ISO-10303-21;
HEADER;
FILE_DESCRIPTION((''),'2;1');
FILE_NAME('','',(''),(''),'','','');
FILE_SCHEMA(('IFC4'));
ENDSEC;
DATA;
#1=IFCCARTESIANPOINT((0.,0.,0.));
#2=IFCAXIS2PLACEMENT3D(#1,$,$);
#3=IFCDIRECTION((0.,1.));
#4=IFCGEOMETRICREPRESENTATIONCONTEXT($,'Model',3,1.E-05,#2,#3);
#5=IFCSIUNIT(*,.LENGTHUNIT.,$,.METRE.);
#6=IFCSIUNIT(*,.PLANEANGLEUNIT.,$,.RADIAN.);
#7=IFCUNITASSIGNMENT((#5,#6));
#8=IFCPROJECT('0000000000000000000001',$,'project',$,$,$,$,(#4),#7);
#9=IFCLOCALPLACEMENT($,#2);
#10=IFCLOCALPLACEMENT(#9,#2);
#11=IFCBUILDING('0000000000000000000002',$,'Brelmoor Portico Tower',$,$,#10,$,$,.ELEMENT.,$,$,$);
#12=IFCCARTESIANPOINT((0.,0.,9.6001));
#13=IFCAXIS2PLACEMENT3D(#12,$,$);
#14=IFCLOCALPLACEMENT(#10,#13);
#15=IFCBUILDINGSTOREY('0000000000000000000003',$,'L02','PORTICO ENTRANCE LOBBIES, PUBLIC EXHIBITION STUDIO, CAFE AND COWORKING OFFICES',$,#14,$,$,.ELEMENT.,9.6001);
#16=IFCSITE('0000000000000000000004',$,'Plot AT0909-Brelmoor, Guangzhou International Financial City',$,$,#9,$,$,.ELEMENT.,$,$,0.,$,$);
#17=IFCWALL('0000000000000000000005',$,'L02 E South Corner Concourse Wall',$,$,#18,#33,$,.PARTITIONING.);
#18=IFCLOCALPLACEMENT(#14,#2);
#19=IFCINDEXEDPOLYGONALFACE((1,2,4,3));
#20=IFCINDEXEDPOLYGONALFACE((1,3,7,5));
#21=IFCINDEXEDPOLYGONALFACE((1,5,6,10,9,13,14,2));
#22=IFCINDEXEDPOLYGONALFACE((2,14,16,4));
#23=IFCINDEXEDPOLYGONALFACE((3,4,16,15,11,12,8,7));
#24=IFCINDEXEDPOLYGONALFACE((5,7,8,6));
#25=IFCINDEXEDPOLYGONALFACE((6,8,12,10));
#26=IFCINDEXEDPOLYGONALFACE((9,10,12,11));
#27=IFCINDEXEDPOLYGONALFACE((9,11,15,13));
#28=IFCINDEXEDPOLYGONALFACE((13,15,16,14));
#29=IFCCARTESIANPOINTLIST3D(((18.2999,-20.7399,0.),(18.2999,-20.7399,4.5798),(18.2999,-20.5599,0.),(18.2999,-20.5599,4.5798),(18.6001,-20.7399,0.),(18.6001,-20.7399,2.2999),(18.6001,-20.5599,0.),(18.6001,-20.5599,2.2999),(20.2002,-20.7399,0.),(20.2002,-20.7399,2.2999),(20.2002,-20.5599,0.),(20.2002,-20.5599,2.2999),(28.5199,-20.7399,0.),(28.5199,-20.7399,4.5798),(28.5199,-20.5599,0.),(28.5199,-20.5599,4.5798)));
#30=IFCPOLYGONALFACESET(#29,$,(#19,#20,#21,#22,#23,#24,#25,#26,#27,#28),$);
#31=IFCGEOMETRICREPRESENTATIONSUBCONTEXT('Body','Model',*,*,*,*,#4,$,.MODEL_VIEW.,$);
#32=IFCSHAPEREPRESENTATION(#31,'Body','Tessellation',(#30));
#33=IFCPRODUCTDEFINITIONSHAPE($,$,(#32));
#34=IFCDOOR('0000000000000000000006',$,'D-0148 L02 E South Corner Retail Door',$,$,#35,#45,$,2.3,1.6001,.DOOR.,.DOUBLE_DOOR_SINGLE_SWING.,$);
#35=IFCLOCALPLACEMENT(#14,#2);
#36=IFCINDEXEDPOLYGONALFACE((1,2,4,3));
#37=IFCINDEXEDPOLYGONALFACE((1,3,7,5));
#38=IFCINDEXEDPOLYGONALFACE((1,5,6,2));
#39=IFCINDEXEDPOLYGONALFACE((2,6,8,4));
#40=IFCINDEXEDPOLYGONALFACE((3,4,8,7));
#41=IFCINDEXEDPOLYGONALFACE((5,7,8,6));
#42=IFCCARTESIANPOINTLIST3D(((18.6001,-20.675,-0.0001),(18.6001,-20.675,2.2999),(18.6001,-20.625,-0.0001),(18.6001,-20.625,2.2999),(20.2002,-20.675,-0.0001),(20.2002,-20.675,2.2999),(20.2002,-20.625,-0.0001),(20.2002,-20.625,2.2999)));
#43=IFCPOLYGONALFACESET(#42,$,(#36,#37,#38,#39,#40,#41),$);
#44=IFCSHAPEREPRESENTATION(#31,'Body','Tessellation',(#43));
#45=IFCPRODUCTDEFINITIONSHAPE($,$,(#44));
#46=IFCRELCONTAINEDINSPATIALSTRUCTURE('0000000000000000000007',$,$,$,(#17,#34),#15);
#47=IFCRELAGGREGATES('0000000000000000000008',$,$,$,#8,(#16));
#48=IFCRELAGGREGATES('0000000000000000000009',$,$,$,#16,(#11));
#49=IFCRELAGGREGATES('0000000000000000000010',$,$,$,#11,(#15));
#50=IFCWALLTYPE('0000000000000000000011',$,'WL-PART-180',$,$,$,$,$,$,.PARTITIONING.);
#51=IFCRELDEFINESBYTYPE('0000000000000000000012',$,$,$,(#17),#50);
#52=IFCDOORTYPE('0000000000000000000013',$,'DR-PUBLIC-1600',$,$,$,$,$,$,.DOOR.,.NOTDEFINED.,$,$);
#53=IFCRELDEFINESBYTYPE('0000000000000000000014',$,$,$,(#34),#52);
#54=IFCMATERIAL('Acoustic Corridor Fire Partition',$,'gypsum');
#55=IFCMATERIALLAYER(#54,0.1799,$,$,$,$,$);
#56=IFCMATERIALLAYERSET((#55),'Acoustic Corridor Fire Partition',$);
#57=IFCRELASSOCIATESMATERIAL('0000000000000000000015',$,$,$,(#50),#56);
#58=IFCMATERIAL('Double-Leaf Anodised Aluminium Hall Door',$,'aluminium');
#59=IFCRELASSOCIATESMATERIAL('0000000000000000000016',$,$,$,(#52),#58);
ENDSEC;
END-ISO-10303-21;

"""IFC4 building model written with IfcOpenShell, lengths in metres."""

from ifc_helpers import new_model, si_unit, direction, frame, frame_2d, origin, place, context, subcontext, project, spatial, rectangle, extrude, material, layer, layer_set, type_object, element, fill, save


model = new_model("IFC4")

# Units and contexts
model_context = context("Model", 3, precision=1e-05, world=origin(), true_north=direction((0.0, 1.0)))
body_context = subcontext(model_context, "Body", "Model", "MODEL_VIEW")
ifc_project = project(units=[si_unit("LENGTHUNIT", "METRE"), si_unit("PLANEANGLEUNIT", "RADIAN")], contexts=[model_context])

# Site, building, storey
site_placement = place(None, origin())
site = spatial("IfcSite", under=ifc_project, at=site_placement, Name="Plot AT0909-Brelmoor, Guangzhou International Financial City", CompositionType="ELEMENT", RefElevation=0.0)
building_placement = place(site_placement, origin())
building = spatial("IfcBuilding", under=site, at=building_placement, Name="Brelmoor Portico Tower", CompositionType="ELEMENT")
storey_placement = place(building_placement, frame((0.0, 0.0, 9.6001)))
storey = spatial("IfcBuildingStorey", under=building, at=storey_placement, Name="L02", Description="PORTICO ENTRANCE LOBBIES, PUBLIC EXHIBITION STUDIO, CAFE AND COWORKING OFFICES", CompositionType="ELEMENT", Elevation=9.6001)

# Shared definitions
ifc_material_1 = material(Name="Acoustic Corridor Fire Partition", Category="gypsum")
ifc_layer_1 = layer(ifc_material_1, 0.1799)
ifc_layer_set_1 = layer_set([ifc_layer_1], Name="Acoustic Corridor Fire Partition")
wall_type = type_object("IfcWallType", Name="WL-PART-180", PredefinedType="PARTITIONING", material=ifc_layer_set_1)
ifc_material_2 = material(Name="Double-Leaf Anodised Aluminium Hall Door", Category="aluminium")
door_type = type_object("IfcDoorType", Name="DR-PUBLIC-1600", OperationType="NOTDEFINED", PredefinedType="DOOR", material=ifc_material_2)

# Wall, opening, door
wall_1_placement = place(storey_placement, frame((18.3, -20.6499, 0.0), z_axis=(0.0, 0.0, 1.0), x_axis=(1.0, 0.0, 0.0)))
wall_1 = element("IfcWall", 1, at=wall_1_placement, inside=storey, type_object=wall_type, Name="L02 E South Corner Concourse Wall", PredefinedType="PARTITIONING", context=body_context, shape_type="SweptSolid", body=[
    extrude(rectangle(XDim=10.22, YDim=0.1799, at=frame_2d((5.1099, 0.0))), origin(), (0.0, 0.0, 1.0), 4.5798),
])
opening_1_placement = place(wall_1_placement, frame((0.3, 0.0, 0.0)))
opening_1 = element("IfcOpeningElement", 2, at=opening_1_placement, cuts=wall_1, PredefinedType="OPENING", context=body_context, shape_type="SweptSolid", body=[
    extrude(rectangle(XDim=1.6001, YDim=2.3, at=frame_2d((0.8, 1.1499))), frame((0.0, 0.0999, 0.0), z_axis=(0.0, -1.0, 0.0), x_axis=(1.0, 0.0, 0.0)), (0.0, 0.0, 1.0), 0.2),
])
door_1_placement = place(opening_1_placement, origin())
door_1 = element("IfcDoor", 3, at=door_1_placement, inside=storey, type_object=door_type, Name="D-0148 L02 E South Corner Retail Door", OperationType="DOUBLE_DOOR_SINGLE_SWING", OverallHeight=2.3, OverallWidth=1.6001, PredefinedType="DOOR", context=body_context, shape_type="SweptSolid", body=[
    extrude(rectangle(XDim=1.6001, YDim=2.3, at=frame_2d((0.8, 1.1499))), frame((0.0, 0.0249, 0.0), z_axis=(0.0, -1.0, 0.0), x_axis=(1.0, 0.0, 0.0)), (0.0, 0.0, 1.0), 0.05),
])
fill(opening_1, door_1)

save(model, "model.ifc")
